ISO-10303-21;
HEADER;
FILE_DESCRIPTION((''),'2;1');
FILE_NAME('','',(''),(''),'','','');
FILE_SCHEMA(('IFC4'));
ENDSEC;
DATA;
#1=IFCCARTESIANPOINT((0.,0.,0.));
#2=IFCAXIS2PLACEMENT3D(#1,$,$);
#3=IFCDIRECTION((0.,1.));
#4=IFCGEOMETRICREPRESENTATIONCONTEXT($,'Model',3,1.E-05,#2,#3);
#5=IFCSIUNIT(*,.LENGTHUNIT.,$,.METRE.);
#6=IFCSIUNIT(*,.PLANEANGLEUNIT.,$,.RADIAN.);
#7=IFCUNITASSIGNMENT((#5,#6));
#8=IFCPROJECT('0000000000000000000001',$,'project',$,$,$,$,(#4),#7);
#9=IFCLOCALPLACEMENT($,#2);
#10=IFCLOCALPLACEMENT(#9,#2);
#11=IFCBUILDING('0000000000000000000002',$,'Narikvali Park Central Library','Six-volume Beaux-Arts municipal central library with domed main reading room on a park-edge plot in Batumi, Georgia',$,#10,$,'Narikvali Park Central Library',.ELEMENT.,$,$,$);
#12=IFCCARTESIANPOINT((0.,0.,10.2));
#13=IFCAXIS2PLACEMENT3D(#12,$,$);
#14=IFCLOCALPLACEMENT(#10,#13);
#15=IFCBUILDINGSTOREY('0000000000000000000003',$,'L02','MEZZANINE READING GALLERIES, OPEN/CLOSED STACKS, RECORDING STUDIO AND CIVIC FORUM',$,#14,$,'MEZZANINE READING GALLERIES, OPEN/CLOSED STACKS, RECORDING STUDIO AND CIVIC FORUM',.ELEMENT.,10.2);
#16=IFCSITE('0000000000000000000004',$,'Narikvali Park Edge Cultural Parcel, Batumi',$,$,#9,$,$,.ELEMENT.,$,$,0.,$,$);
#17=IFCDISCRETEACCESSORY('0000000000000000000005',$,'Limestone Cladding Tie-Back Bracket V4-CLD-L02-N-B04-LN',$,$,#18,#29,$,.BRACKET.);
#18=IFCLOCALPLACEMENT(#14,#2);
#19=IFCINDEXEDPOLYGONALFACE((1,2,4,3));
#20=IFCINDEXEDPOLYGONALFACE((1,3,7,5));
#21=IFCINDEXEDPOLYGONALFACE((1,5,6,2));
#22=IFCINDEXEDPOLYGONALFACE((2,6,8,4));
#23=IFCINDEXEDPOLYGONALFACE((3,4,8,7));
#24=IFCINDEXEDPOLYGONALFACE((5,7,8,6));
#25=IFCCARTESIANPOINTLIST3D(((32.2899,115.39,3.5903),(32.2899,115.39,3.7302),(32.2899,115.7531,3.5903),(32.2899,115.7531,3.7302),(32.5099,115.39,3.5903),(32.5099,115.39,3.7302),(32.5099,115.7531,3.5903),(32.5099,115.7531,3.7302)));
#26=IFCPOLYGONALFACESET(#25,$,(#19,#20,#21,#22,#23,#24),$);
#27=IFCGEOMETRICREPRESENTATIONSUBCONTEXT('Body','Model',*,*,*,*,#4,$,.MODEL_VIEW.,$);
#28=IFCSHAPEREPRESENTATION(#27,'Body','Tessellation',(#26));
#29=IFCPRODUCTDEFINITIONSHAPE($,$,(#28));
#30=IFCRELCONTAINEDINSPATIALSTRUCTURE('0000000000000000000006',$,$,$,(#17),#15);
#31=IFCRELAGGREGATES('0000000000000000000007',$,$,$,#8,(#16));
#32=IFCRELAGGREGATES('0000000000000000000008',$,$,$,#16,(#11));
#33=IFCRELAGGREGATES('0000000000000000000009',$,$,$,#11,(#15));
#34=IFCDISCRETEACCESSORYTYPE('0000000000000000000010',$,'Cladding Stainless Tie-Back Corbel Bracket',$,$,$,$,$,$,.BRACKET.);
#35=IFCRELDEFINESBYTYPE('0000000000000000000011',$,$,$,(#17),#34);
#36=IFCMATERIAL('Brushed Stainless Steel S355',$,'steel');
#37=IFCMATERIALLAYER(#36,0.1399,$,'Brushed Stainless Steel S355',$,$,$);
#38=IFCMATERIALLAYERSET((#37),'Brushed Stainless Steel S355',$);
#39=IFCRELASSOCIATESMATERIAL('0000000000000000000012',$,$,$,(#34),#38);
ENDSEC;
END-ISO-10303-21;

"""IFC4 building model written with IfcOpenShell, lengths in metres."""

from ifc_helpers import new_model, si_unit, direction, frame, origin, origin_2d, place, context, subcontext, project, spatial, rectangle, extrude, material, layer, layer_set, type_object, element, save


model = new_model("IFC4")

# Units and contexts
model_context = context("Model", 3, precision=1e-05, world=origin(), true_north=direction((0.0, 1.0)))
body_context = subcontext(model_context, "Body", "Model", "MODEL_VIEW")
ifc_project = project(units=[si_unit("LENGTHUNIT", "METRE"), si_unit("PLANEANGLEUNIT", "RADIAN")], contexts=[model_context])

# Site, building, storey
site_placement = place(None, origin())
site = spatial("IfcSite", under=ifc_project, at=site_placement, Name="Narikvali Park Edge Cultural Parcel, Batumi", CompositionType="ELEMENT", RefElevation=0.0)
building_placement = place(site_placement, origin())
building = spatial("IfcBuilding", under=site, at=building_placement, Name="Narikvali Park Central Library", Description="Six-volume Beaux-Arts municipal central library with domed main reading room on a park-edge plot in Batumi, Georgia", LongName="Narikvali Park Central Library", CompositionType="ELEMENT")
storey_placement = place(building_placement, frame((0.0, 0.0, 10.2)))
storey = spatial("IfcBuildingStorey", under=building, at=storey_placement, Name="L02", Description="MEZZANINE READING GALLERIES, OPEN/CLOSED STACKS, RECORDING STUDIO AND CIVIC FORUM", LongName="MEZZANINE READING GALLERIES, OPEN/CLOSED STACKS, RECORDING STUDIO AND CIVIC FORUM", CompositionType="ELEMENT", Elevation=10.2)

# Discrete accessory
ifc_material_1 = material(Name="Brushed Stainless Steel S355", Category="steel")
ifc_layer_1 = layer(ifc_material_1, 0.1399, Name="Brushed Stainless Steel S355")
ifc_layer_set_1 = layer_set([ifc_layer_1], Name="Brushed Stainless Steel S355")
discrete_accessory_type = type_object("IfcDiscreteAccessoryType", Name="Cladding Stainless Tie-Back Corbel Bracket", PredefinedType="BRACKET", material=ifc_layer_set_1)
discrete_accessory_1_placement = place(storey_placement, frame((32.3999, 115.5715, 3.5903), z_axis=(0.0, 0.0, 1.0), x_axis=(1.0, 0.0, 0.0)))
element("IfcDiscreteAccessory", 1, at=discrete_accessory_1_placement, inside=storey, type_object=discrete_accessory_type, Name="Limestone Cladding Tie-Back Bracket V4-CLD-L02-N-B04-LN", PredefinedType="BRACKET", context=body_context, shape_type="SweptSolid", body=[
    extrude(rectangle(XDim=0.22, YDim=0.363, at=origin_2d()), origin(), (0.0, 0.0, 1.0), 0.1399),
])

save(model, "model.ifc")
